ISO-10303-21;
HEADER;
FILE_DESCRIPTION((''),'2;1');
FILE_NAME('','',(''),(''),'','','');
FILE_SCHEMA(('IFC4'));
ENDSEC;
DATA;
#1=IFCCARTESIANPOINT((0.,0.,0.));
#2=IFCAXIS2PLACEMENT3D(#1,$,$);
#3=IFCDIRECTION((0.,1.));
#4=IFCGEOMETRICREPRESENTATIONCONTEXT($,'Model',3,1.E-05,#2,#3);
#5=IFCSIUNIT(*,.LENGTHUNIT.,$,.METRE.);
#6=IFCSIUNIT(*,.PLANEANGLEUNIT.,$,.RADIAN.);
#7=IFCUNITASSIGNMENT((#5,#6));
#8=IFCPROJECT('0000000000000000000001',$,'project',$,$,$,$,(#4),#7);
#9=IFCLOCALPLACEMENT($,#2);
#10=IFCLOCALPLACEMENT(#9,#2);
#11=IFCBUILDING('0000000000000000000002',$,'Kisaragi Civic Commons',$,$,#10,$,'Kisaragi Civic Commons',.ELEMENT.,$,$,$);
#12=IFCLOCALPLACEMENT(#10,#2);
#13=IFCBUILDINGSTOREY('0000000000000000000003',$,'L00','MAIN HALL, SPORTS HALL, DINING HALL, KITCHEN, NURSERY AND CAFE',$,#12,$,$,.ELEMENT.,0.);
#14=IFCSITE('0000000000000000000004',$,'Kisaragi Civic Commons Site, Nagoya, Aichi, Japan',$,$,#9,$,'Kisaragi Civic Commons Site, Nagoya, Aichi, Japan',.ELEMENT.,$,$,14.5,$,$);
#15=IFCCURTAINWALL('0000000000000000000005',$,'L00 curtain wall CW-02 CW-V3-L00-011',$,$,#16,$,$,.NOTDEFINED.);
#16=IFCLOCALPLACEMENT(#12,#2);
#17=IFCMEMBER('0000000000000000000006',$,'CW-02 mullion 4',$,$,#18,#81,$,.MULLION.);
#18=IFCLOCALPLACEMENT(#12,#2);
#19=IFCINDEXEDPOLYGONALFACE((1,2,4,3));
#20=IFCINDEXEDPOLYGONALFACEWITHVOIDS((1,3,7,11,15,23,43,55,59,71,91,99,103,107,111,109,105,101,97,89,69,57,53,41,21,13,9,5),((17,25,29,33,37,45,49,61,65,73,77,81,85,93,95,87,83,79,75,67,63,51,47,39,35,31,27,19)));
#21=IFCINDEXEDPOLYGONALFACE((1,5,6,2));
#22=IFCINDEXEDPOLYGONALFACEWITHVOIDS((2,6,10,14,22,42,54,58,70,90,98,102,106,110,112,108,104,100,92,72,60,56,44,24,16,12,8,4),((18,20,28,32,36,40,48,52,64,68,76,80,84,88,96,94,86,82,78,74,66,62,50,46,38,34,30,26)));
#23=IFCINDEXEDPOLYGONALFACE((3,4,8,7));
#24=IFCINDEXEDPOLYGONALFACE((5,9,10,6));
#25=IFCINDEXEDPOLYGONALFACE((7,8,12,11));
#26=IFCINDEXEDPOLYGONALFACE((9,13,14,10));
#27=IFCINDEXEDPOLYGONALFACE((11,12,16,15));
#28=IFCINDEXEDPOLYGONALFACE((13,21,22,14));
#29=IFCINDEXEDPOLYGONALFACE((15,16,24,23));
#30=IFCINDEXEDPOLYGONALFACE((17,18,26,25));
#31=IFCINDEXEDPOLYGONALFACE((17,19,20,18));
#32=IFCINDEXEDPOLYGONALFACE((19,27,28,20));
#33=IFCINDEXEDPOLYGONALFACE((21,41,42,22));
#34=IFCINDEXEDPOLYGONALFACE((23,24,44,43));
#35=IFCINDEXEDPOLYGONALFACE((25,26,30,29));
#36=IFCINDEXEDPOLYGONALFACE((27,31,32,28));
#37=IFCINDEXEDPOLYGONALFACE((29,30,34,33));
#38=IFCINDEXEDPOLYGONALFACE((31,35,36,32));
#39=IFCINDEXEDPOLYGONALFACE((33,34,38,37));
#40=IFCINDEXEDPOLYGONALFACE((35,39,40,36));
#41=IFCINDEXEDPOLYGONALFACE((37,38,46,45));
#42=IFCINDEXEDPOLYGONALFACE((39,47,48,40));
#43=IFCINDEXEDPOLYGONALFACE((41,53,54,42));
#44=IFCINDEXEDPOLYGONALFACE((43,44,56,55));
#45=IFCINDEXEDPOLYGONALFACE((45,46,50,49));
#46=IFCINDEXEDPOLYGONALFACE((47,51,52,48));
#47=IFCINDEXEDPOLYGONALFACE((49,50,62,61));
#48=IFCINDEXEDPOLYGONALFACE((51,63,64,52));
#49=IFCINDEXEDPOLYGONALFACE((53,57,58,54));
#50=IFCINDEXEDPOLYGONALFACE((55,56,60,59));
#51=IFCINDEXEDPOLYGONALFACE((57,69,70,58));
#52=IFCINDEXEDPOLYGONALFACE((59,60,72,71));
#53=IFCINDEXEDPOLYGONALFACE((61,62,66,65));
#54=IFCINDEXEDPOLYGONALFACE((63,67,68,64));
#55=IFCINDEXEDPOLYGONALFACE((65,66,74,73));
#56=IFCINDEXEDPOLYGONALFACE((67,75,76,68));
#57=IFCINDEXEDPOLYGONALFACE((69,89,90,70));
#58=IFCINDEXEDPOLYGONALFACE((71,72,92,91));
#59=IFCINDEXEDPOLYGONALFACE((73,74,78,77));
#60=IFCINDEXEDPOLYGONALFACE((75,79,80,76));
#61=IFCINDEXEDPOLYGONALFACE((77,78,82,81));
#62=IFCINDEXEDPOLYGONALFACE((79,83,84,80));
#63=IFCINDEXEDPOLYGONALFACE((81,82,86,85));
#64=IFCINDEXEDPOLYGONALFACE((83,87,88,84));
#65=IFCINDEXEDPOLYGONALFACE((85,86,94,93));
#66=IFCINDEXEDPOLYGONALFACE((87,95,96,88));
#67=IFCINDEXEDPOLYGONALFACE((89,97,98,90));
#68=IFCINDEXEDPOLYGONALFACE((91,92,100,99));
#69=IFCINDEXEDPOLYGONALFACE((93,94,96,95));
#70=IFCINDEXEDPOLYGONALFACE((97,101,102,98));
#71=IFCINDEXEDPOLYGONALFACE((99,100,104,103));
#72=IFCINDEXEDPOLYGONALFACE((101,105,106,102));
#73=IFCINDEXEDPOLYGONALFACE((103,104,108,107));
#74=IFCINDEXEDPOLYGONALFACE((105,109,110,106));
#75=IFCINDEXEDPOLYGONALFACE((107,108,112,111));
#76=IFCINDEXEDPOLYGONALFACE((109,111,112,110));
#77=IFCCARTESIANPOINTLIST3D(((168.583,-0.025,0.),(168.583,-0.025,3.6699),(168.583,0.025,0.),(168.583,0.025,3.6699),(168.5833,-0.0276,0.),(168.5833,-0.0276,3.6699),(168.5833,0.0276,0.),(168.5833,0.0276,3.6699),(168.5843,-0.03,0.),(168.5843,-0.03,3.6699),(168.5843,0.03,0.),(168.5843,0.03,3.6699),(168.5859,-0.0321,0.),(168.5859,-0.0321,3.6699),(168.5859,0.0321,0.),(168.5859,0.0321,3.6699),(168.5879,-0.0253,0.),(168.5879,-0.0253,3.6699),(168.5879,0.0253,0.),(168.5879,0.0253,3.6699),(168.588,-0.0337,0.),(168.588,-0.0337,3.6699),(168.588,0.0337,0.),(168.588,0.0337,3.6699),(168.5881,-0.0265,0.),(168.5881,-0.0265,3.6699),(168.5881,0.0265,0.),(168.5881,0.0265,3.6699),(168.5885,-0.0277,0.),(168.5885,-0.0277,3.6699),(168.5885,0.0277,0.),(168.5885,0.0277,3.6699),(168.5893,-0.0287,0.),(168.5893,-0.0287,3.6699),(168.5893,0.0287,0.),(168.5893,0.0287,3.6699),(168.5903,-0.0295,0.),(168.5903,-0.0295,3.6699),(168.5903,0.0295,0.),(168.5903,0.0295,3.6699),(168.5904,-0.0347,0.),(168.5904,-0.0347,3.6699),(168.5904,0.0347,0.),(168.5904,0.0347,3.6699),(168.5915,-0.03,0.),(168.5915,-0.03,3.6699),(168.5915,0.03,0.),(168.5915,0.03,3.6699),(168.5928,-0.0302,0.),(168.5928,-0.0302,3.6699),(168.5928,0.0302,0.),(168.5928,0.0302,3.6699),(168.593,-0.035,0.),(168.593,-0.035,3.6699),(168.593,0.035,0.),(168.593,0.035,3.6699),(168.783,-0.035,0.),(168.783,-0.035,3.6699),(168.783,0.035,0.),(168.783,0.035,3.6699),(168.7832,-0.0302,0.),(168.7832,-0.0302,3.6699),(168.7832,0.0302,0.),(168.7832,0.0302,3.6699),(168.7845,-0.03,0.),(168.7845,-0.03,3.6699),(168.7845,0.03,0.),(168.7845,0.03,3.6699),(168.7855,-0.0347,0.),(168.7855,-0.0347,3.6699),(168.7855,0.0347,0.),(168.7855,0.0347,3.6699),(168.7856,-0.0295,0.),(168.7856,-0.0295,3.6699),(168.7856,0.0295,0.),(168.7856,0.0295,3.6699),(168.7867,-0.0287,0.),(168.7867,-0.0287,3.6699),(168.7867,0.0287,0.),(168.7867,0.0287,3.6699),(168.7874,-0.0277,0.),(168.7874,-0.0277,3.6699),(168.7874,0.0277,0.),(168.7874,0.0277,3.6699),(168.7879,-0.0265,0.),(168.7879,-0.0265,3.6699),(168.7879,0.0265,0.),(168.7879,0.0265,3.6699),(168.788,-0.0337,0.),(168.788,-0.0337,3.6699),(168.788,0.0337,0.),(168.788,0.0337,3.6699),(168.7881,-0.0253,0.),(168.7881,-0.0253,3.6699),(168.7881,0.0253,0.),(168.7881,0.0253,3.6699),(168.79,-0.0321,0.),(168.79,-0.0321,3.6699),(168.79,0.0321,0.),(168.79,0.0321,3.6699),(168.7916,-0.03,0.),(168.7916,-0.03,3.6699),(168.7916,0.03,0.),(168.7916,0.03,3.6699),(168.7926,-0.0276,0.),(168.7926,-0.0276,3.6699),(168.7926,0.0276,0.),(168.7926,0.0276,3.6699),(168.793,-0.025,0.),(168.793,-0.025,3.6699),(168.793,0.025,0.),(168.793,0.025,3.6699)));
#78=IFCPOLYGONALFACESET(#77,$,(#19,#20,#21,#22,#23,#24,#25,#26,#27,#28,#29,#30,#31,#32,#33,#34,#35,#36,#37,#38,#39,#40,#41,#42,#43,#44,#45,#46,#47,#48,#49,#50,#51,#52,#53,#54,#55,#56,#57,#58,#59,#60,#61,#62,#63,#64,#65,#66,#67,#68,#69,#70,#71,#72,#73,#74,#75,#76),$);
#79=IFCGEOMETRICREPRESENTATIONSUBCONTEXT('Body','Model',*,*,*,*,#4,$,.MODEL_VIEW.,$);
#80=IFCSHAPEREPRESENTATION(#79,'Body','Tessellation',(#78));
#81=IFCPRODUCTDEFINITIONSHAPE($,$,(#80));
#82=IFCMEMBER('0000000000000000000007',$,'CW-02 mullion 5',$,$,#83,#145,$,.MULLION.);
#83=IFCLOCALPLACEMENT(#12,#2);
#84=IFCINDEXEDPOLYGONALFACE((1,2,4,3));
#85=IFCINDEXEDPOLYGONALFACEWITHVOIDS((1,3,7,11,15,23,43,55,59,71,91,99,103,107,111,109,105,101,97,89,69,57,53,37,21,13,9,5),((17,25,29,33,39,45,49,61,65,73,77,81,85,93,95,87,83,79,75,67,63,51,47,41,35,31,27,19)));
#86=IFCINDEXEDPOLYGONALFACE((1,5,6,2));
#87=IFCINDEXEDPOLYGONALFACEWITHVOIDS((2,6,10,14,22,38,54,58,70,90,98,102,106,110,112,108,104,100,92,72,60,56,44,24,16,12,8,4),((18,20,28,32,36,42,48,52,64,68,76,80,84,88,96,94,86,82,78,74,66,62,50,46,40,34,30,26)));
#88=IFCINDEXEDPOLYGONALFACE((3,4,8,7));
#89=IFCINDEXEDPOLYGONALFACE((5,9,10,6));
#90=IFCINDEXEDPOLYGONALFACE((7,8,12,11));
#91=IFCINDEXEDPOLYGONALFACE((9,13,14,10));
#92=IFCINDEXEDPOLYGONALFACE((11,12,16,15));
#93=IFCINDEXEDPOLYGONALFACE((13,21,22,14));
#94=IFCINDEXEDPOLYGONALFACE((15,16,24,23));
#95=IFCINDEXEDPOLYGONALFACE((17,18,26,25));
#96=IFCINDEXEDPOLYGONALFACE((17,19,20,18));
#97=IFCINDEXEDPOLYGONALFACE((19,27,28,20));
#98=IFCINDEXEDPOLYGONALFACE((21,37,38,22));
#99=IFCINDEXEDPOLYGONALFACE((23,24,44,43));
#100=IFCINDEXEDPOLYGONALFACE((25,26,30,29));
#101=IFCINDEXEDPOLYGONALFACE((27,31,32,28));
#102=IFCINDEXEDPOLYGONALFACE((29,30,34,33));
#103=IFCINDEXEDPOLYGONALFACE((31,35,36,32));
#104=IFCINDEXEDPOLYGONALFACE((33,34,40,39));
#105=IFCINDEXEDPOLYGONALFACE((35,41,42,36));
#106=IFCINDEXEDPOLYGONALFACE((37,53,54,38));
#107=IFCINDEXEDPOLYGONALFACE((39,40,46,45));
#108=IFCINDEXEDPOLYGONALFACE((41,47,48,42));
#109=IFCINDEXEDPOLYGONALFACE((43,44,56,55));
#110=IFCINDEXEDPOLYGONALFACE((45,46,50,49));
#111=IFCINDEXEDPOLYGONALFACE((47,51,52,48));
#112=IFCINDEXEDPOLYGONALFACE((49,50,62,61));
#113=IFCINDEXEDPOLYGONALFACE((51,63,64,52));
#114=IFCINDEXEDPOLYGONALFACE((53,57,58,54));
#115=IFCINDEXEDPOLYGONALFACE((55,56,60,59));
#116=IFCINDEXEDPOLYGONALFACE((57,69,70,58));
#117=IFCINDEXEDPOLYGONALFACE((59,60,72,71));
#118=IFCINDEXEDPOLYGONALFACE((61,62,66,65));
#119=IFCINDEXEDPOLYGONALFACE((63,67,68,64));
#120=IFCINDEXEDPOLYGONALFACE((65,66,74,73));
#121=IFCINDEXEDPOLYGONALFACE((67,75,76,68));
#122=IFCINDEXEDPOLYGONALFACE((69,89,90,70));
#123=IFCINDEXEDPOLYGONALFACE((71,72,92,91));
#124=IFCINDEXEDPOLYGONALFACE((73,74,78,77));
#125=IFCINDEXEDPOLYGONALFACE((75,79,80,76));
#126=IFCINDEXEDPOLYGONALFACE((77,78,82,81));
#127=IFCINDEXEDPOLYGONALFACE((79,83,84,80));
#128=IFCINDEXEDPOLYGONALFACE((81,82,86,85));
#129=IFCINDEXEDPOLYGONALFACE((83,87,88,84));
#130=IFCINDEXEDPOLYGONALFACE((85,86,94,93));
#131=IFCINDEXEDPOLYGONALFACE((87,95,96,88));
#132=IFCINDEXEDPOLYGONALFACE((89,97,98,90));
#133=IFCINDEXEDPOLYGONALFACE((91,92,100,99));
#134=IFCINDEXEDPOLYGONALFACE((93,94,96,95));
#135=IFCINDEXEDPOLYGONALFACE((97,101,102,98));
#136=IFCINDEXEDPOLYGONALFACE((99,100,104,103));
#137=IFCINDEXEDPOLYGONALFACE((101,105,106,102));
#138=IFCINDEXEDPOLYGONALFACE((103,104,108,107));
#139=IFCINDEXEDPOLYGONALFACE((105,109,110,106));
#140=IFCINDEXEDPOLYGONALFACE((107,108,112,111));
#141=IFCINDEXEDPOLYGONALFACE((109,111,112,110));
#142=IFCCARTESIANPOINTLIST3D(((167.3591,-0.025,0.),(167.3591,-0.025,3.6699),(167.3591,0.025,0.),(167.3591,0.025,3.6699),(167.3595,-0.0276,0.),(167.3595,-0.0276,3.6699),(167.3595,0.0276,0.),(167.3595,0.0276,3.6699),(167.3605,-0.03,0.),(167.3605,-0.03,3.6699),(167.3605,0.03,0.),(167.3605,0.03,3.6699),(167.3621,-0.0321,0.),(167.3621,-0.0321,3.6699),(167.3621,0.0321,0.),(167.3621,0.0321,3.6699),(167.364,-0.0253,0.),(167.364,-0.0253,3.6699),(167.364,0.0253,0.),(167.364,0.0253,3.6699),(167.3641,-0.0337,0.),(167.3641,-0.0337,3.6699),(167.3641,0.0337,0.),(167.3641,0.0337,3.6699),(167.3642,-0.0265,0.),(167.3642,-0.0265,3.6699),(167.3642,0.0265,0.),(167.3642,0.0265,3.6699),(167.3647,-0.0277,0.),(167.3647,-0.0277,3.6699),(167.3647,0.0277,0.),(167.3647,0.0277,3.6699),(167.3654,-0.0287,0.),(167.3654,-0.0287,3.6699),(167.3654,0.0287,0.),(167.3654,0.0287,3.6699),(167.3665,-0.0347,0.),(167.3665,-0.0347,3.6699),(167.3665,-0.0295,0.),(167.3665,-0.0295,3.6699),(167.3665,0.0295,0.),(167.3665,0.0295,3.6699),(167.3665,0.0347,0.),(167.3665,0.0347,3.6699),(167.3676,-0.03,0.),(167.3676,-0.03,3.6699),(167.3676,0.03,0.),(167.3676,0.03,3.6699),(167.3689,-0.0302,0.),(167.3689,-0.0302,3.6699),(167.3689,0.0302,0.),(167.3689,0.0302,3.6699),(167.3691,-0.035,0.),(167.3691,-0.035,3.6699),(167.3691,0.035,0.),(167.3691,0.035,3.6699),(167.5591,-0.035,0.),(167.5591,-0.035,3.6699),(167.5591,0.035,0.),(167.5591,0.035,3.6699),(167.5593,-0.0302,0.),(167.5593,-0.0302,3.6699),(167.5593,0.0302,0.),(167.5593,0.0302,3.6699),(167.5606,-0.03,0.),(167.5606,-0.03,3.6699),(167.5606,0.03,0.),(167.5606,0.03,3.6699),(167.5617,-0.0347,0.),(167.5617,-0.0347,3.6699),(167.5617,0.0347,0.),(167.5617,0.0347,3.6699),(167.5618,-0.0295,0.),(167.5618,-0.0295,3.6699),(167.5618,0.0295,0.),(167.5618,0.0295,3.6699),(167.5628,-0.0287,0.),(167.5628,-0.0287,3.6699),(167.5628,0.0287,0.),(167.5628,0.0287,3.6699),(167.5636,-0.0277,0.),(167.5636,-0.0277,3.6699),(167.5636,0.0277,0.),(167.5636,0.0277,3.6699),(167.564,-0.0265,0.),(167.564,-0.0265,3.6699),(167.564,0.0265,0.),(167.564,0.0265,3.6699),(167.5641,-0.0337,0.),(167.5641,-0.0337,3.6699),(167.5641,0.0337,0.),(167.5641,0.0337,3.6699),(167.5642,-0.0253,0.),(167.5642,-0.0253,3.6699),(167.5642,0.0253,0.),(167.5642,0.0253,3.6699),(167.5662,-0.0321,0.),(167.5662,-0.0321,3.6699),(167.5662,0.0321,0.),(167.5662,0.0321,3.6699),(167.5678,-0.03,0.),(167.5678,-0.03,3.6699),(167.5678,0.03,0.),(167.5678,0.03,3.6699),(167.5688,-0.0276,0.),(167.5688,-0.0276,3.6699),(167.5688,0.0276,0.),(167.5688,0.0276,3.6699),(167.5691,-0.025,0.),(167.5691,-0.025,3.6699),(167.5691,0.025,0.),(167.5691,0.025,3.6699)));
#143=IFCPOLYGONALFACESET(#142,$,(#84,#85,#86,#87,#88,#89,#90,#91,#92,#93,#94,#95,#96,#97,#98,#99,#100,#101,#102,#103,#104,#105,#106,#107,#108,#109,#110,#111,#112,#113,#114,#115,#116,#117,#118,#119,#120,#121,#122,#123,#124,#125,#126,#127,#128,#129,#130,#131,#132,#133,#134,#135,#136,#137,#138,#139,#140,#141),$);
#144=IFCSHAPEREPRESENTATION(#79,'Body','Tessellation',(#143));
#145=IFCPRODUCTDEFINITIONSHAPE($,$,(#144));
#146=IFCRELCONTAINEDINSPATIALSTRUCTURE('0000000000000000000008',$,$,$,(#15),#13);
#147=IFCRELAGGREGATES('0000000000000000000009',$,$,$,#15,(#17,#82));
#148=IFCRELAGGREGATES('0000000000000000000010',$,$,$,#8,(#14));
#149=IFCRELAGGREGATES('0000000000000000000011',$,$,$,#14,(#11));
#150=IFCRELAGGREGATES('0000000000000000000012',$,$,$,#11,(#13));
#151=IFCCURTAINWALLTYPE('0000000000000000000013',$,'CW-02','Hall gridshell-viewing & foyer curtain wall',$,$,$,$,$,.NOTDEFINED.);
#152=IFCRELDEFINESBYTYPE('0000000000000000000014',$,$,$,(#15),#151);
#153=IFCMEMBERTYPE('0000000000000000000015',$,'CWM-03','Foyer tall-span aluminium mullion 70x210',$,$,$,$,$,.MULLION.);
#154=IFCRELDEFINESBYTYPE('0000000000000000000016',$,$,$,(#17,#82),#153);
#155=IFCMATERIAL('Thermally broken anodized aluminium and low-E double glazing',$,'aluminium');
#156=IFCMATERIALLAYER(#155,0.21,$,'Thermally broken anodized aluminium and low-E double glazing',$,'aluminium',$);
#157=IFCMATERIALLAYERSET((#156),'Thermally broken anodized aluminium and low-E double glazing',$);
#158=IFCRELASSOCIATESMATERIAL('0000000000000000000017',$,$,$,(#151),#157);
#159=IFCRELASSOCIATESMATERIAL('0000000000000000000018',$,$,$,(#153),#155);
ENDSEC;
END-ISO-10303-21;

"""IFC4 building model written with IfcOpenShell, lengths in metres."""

from ifc_helpers import new_model, si_unit, direction, frame, origin, origin_2d, place, context, subcontext, project, spatial, hollow_rectangle, extrude, material, layer, layer_set, material_profile, profile_set, type_object, element, aggregate, save


model = new_model("IFC4")

# Units and contexts
model_context = context("Model", 3, precision=1e-05, world=origin(), true_north=direction((0.0, 1.0)))
body_context = subcontext(model_context, "Body", "Model", "MODEL_VIEW")
ifc_project = project(units=[si_unit("LENGTHUNIT", "METRE"), si_unit("PLANEANGLEUNIT", "RADIAN")], contexts=[model_context])

# Site, building, storey
site_placement = place(None, origin())
site = spatial("IfcSite", under=ifc_project, at=site_placement, Name="Kisaragi Civic Commons Site, Nagoya, Aichi, Japan", LongName="Kisaragi Civic Commons Site, Nagoya, Aichi, Japan", CompositionType="ELEMENT", RefElevation=14.5)
building_placement = place(site_placement, origin())
building = spatial("IfcBuilding", under=site, at=building_placement, Name="Kisaragi Civic Commons", LongName="Kisaragi Civic Commons", CompositionType="ELEMENT")
storey_placement = place(building_placement, origin())
storey = spatial("IfcBuildingStorey", under=building, at=storey_placement, Name="L00", Description="MAIN HALL, SPORTS HALL, DINING HALL, KITCHEN, NURSERY AND CAFE", CompositionType="ELEMENT", Elevation=0.0)

# Curtain wall, members
ifc_material = material(Name="Thermally broken anodized aluminium and low-E double glazing", Category="aluminium")
ifc_layer_1 = layer(ifc_material, 0.21, Name="Thermally broken anodized aluminium and low-E double glazing", Category="aluminium")
ifc_layer_set_1 = layer_set([ifc_layer_1], Name="Thermally broken anodized aluminium and low-E double glazing")
curtain_wall_type = type_object("IfcCurtainWallType", Name="CW-02", Description="Hall gridshell-viewing & foyer curtain wall", PredefinedType="NOTDEFINED", material=ifc_layer_set_1)
curtain_wall_1_placement = place(storey_placement, origin())
curtain_wall_1 = element("IfcCurtainWall", 1, at=curtain_wall_1_placement, inside=storey, type_object=curtain_wall_type, Name="L00 curtain wall CW-02 CW-V3-L00-011", PredefinedType="NOTDEFINED")
ifc_material_profile_1 = material_profile(ifc_material, hollow_rectangle(XDim=0.0701, YDim=0.21, WallThickness=0.0049, InnerFilletRadius=0.0049, OuterFilletRadius=0.01, at=origin_2d()), Name="CWM-70x210x5", Category="aluminium")
ifc_profile_set_1 = profile_set([ifc_material_profile_1], Name="Thermally broken anodized aluminium and low-E double glazing")
member_type_1 = type_object("IfcMemberType", Name="CWM-03", Description="Foyer tall-span aluminium mullion 70x210", PredefinedType="MULLION", material=ifc_profile_set_1)
member_1_placement = place(storey_placement, frame((168.688, 0.0, 0.0), z_axis=(0.0, 0.0, 1.0), x_axis=(0.0, -1.0, 0.0)))
member_1 = element("IfcMember", 2, at=member_1_placement, type_object=member_type_1, Name="CW-02 mullion 4", PredefinedType="MULLION", context=body_context, shape_type="SweptSolid", body=[
    extrude(hollow_rectangle(XDim=0.0701, YDim=0.21, WallThickness=0.0049, InnerFilletRadius=0.0049, OuterFilletRadius=0.01, at=origin_2d()), origin(), (0.0, 0.0, 1.0), 3.6699),
])
member_2_placement = place(storey_placement, frame((167.4641, 0.0, 0.0), z_axis=(0.0, 0.0, 1.0), x_axis=(0.0, -1.0, 0.0)))
member_2 = element("IfcMember", 3, at=member_2_placement, type_object=member_type_1, Name="CW-02 mullion 5", PredefinedType="MULLION", context=body_context, shape_type="SweptSolid", body=[
    extrude(hollow_rectangle(XDim=0.0701, YDim=0.21, WallThickness=0.0049, InnerFilletRadius=0.0049, OuterFilletRadius=0.01, at=origin_2d()), origin(), (0.0, 0.0, 1.0), 3.6699),
])

aggregate(curtain_wall_1, [member_1, member_2])

save(model, "model.ifc")
